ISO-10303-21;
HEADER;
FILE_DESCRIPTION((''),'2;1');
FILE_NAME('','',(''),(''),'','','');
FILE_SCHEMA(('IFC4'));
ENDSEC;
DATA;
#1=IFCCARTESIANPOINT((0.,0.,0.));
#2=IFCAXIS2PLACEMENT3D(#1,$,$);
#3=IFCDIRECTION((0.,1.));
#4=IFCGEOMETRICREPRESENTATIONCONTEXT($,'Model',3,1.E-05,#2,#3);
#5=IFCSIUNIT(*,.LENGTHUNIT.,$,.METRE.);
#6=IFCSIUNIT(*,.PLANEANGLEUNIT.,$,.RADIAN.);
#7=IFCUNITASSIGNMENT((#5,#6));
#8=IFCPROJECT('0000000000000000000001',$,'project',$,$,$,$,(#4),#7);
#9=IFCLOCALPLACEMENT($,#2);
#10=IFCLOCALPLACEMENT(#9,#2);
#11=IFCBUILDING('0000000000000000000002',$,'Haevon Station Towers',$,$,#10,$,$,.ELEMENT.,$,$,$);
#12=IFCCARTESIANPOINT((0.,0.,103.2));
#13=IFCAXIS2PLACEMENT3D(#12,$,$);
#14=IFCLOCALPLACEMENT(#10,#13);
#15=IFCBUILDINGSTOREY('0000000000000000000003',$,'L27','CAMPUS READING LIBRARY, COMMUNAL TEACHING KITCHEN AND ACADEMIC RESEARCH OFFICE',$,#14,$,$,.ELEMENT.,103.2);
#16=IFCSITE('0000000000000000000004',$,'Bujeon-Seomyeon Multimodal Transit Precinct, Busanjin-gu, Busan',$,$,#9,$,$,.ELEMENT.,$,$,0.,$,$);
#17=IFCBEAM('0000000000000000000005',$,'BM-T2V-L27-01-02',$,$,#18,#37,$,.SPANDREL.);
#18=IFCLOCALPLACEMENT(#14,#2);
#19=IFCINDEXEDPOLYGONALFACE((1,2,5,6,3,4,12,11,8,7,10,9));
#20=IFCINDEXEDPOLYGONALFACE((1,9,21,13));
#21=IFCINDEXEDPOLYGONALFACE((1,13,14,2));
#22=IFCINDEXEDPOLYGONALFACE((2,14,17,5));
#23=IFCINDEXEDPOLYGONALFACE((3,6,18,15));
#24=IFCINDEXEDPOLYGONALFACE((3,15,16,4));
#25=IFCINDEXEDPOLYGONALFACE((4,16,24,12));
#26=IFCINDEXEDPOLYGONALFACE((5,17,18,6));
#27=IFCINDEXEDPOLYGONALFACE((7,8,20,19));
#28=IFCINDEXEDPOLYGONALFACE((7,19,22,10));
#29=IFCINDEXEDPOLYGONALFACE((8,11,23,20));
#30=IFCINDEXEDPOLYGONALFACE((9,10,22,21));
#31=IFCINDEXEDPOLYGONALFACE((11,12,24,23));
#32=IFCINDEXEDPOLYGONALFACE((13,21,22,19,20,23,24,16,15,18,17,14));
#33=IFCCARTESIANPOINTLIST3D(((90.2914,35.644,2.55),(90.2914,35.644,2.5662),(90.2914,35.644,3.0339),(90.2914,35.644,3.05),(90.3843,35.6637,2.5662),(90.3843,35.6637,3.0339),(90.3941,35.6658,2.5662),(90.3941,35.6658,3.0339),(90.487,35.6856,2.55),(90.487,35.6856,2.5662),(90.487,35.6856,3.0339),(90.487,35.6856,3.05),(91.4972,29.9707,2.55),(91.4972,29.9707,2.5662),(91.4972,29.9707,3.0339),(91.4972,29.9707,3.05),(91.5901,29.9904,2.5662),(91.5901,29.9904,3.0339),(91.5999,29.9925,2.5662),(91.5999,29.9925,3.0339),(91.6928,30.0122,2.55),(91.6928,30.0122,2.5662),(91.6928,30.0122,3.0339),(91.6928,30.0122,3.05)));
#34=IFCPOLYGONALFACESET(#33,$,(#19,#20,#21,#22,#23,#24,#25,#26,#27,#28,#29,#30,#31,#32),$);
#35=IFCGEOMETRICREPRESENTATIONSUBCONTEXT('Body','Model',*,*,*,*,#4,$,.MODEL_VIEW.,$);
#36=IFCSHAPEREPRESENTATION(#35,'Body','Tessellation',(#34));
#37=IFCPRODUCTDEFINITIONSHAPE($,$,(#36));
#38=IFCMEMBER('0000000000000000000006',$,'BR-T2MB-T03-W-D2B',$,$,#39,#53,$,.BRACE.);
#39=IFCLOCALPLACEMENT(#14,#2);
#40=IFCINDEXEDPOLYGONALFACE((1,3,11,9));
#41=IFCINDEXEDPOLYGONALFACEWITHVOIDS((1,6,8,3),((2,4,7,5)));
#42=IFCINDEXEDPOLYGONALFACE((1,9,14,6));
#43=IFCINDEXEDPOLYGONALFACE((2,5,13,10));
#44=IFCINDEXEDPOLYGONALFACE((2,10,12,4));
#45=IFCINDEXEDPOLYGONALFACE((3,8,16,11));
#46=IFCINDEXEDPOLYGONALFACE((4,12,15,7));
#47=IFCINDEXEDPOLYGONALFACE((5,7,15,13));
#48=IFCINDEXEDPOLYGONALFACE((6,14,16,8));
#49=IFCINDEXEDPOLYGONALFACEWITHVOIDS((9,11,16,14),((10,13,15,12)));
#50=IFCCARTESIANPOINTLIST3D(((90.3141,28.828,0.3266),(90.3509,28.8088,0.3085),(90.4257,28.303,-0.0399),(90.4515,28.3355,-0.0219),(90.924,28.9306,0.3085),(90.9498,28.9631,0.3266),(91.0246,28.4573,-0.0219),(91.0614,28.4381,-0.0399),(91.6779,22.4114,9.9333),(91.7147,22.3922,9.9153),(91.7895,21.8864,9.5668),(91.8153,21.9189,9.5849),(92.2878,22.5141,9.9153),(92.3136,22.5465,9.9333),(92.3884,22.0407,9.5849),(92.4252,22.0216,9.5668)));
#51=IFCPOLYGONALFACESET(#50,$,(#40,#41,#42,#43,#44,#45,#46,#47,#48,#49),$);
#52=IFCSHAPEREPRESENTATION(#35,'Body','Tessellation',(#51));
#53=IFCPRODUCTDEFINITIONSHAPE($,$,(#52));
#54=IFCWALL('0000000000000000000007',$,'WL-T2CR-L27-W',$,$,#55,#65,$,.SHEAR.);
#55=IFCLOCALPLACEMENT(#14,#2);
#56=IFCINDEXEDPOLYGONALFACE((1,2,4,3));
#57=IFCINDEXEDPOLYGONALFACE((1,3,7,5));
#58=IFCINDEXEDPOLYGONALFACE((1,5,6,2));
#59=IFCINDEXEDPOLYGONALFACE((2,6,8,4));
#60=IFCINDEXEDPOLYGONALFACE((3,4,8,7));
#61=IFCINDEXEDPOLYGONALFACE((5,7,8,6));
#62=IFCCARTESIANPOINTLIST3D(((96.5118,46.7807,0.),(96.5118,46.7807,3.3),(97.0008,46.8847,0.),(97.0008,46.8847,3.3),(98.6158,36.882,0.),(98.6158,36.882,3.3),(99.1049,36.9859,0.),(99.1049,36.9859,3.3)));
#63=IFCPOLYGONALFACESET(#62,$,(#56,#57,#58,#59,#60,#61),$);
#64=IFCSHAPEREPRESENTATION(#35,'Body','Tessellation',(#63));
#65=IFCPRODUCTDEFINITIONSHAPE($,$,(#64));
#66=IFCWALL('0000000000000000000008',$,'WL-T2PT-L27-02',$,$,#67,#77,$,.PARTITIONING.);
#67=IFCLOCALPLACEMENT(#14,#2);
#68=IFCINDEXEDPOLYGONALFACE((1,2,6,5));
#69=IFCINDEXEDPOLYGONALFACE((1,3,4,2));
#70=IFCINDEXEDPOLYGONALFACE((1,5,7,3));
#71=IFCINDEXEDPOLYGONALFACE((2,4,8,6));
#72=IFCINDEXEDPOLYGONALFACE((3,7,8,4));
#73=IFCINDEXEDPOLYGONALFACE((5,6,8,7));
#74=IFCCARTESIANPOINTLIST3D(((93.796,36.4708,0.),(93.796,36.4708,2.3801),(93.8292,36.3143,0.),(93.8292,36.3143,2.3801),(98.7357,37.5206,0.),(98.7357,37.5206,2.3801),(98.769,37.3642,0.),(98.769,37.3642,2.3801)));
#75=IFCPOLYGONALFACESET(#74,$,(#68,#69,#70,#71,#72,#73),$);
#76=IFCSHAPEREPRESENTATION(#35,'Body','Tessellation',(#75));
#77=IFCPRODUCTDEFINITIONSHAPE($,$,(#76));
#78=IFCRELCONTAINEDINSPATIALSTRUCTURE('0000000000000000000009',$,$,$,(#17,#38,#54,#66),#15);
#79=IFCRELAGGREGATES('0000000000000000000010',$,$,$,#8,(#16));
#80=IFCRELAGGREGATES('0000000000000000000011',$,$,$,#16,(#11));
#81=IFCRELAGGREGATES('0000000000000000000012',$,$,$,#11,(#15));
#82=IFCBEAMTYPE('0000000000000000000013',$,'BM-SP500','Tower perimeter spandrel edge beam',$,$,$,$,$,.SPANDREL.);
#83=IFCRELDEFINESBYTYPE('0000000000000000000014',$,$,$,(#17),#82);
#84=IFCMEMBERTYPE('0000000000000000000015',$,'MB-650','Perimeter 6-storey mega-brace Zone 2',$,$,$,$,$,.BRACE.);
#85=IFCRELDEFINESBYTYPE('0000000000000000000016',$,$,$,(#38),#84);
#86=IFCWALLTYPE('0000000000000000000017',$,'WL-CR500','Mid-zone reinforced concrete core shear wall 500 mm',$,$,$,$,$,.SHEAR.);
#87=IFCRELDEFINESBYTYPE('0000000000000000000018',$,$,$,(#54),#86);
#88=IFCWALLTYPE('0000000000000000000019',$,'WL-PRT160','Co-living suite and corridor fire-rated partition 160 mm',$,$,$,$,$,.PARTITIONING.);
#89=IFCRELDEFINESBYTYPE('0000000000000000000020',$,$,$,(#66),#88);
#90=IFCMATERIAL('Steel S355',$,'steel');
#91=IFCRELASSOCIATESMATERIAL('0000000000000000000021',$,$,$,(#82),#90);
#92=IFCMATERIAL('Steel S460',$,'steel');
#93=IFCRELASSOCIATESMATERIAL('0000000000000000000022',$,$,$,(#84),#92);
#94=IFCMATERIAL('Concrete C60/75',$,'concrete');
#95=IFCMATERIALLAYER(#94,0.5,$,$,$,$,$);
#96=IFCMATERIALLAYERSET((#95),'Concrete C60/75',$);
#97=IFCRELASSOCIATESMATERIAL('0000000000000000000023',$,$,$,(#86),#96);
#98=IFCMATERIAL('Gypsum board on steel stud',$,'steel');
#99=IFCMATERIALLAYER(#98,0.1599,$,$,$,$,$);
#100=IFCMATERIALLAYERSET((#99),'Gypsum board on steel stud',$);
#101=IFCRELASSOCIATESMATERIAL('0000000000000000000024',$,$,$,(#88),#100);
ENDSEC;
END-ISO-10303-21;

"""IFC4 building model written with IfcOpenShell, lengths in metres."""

from ifc_helpers import new_model, si_unit, direction, frame, frame_2d, origin, origin_2d, place, context, subcontext, project, spatial, rectangle, hollow_rectangle, i_section, extrude, material, layer, layer_set, material_profile, profile_set, type_object, element, save


model = new_model("IFC4")

# Units and contexts
model_context = context("Model", 3, precision=1e-05, world=origin(), true_north=direction((0.0, 1.0)))
body_context = subcontext(model_context, "Body", "Model", "MODEL_VIEW")
ifc_project = project(units=[si_unit("LENGTHUNIT", "METRE"), si_unit("PLANEANGLEUNIT", "RADIAN")], contexts=[model_context])

# Site, building, storey
site_placement = place(None, origin())
site = spatial("IfcSite", under=ifc_project, at=site_placement, Name="Bujeon-Seomyeon Multimodal Transit Precinct, Busanjin-gu, Busan", CompositionType="ELEMENT", RefElevation=0.0)
building_placement = place(site_placement, origin())
building = spatial("IfcBuilding", under=site, at=building_placement, Name="Haevon Station Towers", CompositionType="ELEMENT")
storey_placement = place(building_placement, frame((0.0, 0.0, 103.2)))
storey = spatial("IfcBuildingStorey", under=building, at=storey_placement, Name="L27", Description="CAMPUS READING LIBRARY, COMMUNAL TEACHING KITCHEN AND ACADEMIC RESEARCH OFFICE", CompositionType="ELEMENT", Elevation=103.2)

# Shared definitions
ifc_material_1 = material(Name="Steel S460", Category="steel")

# Beam
ifc_material_2 = material(Name="Steel S355", Category="steel")
ifc_material_profile_1 = material_profile(ifc_material_2, i_section(OverallWidth=0.2, OverallDepth=0.5, WebThickness=0.01, FlangeThickness=0.0161, at=origin_2d()), Name="H-500x200x10x16")
ifc_profile_set_1 = profile_set([ifc_material_profile_1], Name="Steel S355")
beam_type_1 = type_object("IfcBeamType", Name="BM-SP500", Description="Tower perimeter spandrel edge beam", PredefinedType="SPANDREL", material=ifc_profile_set_1)
beam_1_placement = place(storey_placement, frame((91.595, 29.9915, 2.8), z_axis=(-0.207896, 0.978151, 0.0), x_axis=(-0.978151, -0.207896, 0.0)))
element("IfcBeam", 1, at=beam_1_placement, inside=storey, type_object=beam_type_1, Name="BM-T2V-L27-01-02", PredefinedType="SPANDREL", context=body_context, shape_type="SweptSolid", body=[
    extrude(i_section(OverallWidth=0.2, OverallDepth=0.5, WebThickness=0.01, FlangeThickness=0.0161, at=origin_2d()), origin(), (0.0, 0.0, 1.0), 5.8),
])

# Member
ifc_material_profile_2 = material_profile(ifc_material_1, hollow_rectangle(XDim=0.6499, YDim=0.6499, WallThickness=0.032, at=origin_2d()), Name="RHS-650x650x32")
ifc_profile_set_2 = profile_set([ifc_material_profile_2], Name="Steel S460")
member_type = type_object("IfcMemberType", Name="MB-650", Description="Perimeter 6-storey mega-brace Zone 2", PredefinedType="BRACE", material=ifc_profile_set_2)
member_placement = place(storey_placement, frame((90.6877, 28.6331, 0.1433), z_axis=(0.117236, -0.551592, 0.825834), x_axis=(0.978151, 0.207897, 0.0)))
element("IfcMember", 2, at=member_placement, inside=storey, type_object=member_type, Name="BR-T2MB-T03-W-D2B", PredefinedType="BRACE", context=body_context, shape_type="SweptSolid", body=[
    extrude(hollow_rectangle(XDim=0.6499, YDim=0.6499, WallThickness=0.032, at=origin_2d()), origin(), (0.0, 0.0, 1.0), 11.6328),
])

# Walls
ifc_material_3 = material(Name="Concrete C60/75", Category="concrete")
ifc_layer_1 = layer(ifc_material_3, 0.5)
ifc_layer_set_1 = layer_set([ifc_layer_1], Name="Concrete C60/75")
wall_type_1 = type_object("IfcWallType", Name="WL-CR500", Description="Mid-zone reinforced concrete core shear wall 500 mm", PredefinedType="SHEAR", material=ifc_layer_set_1)
wall_1_placement = place(storey_placement, frame((98.8604, 36.9338, 0.0), z_axis=(0.0, 0.0, 1.0), x_axis=(-0.207909, 0.978148, 0.0)))
element("IfcWall", 3, at=wall_1_placement, inside=storey, type_object=wall_type_1, Name="WL-T2CR-L27-W", PredefinedType="SHEAR", context=body_context, shape_type="SweptSolid", body=[
    extrude(rectangle(XDim=10.1199, YDim=0.5, at=frame_2d((5.0601, 0.0))), origin(), (0.0, 0.0, 1.0), 3.3),
])
ifc_material_4 = material(Name="Gypsum board on steel stud", Category="steel")
ifc_layer_2 = layer(ifc_material_4, 0.1599)
ifc_layer_set_2 = layer_set([ifc_layer_2], Name="Gypsum board on steel stud")
wall_type_2 = type_object("IfcWallType", Name="WL-PRT160", Description="Co-living suite and corridor fire-rated partition 160 mm", PredefinedType="PARTITIONING", material=ifc_layer_set_2)
wall_2_placement = place(storey_placement, frame((93.8127, 36.3926, 0.0), z_axis=(0.0, 0.0, 1.0), x_axis=(0.978154, 0.207881, 0.0)))
element("IfcWall", 4, at=wall_2_placement, inside=storey, type_object=wall_type_2, Name="WL-T2PT-L27-02", PredefinedType="PARTITIONING", context=body_context, shape_type="SweptSolid", body=[
    extrude(rectangle(XDim=5.05, YDim=0.1599, at=frame_2d((2.5249, 0.0))), origin(), (0.0, 0.0, 1.0), 2.3801),
])

save(model, "model.ifc")
